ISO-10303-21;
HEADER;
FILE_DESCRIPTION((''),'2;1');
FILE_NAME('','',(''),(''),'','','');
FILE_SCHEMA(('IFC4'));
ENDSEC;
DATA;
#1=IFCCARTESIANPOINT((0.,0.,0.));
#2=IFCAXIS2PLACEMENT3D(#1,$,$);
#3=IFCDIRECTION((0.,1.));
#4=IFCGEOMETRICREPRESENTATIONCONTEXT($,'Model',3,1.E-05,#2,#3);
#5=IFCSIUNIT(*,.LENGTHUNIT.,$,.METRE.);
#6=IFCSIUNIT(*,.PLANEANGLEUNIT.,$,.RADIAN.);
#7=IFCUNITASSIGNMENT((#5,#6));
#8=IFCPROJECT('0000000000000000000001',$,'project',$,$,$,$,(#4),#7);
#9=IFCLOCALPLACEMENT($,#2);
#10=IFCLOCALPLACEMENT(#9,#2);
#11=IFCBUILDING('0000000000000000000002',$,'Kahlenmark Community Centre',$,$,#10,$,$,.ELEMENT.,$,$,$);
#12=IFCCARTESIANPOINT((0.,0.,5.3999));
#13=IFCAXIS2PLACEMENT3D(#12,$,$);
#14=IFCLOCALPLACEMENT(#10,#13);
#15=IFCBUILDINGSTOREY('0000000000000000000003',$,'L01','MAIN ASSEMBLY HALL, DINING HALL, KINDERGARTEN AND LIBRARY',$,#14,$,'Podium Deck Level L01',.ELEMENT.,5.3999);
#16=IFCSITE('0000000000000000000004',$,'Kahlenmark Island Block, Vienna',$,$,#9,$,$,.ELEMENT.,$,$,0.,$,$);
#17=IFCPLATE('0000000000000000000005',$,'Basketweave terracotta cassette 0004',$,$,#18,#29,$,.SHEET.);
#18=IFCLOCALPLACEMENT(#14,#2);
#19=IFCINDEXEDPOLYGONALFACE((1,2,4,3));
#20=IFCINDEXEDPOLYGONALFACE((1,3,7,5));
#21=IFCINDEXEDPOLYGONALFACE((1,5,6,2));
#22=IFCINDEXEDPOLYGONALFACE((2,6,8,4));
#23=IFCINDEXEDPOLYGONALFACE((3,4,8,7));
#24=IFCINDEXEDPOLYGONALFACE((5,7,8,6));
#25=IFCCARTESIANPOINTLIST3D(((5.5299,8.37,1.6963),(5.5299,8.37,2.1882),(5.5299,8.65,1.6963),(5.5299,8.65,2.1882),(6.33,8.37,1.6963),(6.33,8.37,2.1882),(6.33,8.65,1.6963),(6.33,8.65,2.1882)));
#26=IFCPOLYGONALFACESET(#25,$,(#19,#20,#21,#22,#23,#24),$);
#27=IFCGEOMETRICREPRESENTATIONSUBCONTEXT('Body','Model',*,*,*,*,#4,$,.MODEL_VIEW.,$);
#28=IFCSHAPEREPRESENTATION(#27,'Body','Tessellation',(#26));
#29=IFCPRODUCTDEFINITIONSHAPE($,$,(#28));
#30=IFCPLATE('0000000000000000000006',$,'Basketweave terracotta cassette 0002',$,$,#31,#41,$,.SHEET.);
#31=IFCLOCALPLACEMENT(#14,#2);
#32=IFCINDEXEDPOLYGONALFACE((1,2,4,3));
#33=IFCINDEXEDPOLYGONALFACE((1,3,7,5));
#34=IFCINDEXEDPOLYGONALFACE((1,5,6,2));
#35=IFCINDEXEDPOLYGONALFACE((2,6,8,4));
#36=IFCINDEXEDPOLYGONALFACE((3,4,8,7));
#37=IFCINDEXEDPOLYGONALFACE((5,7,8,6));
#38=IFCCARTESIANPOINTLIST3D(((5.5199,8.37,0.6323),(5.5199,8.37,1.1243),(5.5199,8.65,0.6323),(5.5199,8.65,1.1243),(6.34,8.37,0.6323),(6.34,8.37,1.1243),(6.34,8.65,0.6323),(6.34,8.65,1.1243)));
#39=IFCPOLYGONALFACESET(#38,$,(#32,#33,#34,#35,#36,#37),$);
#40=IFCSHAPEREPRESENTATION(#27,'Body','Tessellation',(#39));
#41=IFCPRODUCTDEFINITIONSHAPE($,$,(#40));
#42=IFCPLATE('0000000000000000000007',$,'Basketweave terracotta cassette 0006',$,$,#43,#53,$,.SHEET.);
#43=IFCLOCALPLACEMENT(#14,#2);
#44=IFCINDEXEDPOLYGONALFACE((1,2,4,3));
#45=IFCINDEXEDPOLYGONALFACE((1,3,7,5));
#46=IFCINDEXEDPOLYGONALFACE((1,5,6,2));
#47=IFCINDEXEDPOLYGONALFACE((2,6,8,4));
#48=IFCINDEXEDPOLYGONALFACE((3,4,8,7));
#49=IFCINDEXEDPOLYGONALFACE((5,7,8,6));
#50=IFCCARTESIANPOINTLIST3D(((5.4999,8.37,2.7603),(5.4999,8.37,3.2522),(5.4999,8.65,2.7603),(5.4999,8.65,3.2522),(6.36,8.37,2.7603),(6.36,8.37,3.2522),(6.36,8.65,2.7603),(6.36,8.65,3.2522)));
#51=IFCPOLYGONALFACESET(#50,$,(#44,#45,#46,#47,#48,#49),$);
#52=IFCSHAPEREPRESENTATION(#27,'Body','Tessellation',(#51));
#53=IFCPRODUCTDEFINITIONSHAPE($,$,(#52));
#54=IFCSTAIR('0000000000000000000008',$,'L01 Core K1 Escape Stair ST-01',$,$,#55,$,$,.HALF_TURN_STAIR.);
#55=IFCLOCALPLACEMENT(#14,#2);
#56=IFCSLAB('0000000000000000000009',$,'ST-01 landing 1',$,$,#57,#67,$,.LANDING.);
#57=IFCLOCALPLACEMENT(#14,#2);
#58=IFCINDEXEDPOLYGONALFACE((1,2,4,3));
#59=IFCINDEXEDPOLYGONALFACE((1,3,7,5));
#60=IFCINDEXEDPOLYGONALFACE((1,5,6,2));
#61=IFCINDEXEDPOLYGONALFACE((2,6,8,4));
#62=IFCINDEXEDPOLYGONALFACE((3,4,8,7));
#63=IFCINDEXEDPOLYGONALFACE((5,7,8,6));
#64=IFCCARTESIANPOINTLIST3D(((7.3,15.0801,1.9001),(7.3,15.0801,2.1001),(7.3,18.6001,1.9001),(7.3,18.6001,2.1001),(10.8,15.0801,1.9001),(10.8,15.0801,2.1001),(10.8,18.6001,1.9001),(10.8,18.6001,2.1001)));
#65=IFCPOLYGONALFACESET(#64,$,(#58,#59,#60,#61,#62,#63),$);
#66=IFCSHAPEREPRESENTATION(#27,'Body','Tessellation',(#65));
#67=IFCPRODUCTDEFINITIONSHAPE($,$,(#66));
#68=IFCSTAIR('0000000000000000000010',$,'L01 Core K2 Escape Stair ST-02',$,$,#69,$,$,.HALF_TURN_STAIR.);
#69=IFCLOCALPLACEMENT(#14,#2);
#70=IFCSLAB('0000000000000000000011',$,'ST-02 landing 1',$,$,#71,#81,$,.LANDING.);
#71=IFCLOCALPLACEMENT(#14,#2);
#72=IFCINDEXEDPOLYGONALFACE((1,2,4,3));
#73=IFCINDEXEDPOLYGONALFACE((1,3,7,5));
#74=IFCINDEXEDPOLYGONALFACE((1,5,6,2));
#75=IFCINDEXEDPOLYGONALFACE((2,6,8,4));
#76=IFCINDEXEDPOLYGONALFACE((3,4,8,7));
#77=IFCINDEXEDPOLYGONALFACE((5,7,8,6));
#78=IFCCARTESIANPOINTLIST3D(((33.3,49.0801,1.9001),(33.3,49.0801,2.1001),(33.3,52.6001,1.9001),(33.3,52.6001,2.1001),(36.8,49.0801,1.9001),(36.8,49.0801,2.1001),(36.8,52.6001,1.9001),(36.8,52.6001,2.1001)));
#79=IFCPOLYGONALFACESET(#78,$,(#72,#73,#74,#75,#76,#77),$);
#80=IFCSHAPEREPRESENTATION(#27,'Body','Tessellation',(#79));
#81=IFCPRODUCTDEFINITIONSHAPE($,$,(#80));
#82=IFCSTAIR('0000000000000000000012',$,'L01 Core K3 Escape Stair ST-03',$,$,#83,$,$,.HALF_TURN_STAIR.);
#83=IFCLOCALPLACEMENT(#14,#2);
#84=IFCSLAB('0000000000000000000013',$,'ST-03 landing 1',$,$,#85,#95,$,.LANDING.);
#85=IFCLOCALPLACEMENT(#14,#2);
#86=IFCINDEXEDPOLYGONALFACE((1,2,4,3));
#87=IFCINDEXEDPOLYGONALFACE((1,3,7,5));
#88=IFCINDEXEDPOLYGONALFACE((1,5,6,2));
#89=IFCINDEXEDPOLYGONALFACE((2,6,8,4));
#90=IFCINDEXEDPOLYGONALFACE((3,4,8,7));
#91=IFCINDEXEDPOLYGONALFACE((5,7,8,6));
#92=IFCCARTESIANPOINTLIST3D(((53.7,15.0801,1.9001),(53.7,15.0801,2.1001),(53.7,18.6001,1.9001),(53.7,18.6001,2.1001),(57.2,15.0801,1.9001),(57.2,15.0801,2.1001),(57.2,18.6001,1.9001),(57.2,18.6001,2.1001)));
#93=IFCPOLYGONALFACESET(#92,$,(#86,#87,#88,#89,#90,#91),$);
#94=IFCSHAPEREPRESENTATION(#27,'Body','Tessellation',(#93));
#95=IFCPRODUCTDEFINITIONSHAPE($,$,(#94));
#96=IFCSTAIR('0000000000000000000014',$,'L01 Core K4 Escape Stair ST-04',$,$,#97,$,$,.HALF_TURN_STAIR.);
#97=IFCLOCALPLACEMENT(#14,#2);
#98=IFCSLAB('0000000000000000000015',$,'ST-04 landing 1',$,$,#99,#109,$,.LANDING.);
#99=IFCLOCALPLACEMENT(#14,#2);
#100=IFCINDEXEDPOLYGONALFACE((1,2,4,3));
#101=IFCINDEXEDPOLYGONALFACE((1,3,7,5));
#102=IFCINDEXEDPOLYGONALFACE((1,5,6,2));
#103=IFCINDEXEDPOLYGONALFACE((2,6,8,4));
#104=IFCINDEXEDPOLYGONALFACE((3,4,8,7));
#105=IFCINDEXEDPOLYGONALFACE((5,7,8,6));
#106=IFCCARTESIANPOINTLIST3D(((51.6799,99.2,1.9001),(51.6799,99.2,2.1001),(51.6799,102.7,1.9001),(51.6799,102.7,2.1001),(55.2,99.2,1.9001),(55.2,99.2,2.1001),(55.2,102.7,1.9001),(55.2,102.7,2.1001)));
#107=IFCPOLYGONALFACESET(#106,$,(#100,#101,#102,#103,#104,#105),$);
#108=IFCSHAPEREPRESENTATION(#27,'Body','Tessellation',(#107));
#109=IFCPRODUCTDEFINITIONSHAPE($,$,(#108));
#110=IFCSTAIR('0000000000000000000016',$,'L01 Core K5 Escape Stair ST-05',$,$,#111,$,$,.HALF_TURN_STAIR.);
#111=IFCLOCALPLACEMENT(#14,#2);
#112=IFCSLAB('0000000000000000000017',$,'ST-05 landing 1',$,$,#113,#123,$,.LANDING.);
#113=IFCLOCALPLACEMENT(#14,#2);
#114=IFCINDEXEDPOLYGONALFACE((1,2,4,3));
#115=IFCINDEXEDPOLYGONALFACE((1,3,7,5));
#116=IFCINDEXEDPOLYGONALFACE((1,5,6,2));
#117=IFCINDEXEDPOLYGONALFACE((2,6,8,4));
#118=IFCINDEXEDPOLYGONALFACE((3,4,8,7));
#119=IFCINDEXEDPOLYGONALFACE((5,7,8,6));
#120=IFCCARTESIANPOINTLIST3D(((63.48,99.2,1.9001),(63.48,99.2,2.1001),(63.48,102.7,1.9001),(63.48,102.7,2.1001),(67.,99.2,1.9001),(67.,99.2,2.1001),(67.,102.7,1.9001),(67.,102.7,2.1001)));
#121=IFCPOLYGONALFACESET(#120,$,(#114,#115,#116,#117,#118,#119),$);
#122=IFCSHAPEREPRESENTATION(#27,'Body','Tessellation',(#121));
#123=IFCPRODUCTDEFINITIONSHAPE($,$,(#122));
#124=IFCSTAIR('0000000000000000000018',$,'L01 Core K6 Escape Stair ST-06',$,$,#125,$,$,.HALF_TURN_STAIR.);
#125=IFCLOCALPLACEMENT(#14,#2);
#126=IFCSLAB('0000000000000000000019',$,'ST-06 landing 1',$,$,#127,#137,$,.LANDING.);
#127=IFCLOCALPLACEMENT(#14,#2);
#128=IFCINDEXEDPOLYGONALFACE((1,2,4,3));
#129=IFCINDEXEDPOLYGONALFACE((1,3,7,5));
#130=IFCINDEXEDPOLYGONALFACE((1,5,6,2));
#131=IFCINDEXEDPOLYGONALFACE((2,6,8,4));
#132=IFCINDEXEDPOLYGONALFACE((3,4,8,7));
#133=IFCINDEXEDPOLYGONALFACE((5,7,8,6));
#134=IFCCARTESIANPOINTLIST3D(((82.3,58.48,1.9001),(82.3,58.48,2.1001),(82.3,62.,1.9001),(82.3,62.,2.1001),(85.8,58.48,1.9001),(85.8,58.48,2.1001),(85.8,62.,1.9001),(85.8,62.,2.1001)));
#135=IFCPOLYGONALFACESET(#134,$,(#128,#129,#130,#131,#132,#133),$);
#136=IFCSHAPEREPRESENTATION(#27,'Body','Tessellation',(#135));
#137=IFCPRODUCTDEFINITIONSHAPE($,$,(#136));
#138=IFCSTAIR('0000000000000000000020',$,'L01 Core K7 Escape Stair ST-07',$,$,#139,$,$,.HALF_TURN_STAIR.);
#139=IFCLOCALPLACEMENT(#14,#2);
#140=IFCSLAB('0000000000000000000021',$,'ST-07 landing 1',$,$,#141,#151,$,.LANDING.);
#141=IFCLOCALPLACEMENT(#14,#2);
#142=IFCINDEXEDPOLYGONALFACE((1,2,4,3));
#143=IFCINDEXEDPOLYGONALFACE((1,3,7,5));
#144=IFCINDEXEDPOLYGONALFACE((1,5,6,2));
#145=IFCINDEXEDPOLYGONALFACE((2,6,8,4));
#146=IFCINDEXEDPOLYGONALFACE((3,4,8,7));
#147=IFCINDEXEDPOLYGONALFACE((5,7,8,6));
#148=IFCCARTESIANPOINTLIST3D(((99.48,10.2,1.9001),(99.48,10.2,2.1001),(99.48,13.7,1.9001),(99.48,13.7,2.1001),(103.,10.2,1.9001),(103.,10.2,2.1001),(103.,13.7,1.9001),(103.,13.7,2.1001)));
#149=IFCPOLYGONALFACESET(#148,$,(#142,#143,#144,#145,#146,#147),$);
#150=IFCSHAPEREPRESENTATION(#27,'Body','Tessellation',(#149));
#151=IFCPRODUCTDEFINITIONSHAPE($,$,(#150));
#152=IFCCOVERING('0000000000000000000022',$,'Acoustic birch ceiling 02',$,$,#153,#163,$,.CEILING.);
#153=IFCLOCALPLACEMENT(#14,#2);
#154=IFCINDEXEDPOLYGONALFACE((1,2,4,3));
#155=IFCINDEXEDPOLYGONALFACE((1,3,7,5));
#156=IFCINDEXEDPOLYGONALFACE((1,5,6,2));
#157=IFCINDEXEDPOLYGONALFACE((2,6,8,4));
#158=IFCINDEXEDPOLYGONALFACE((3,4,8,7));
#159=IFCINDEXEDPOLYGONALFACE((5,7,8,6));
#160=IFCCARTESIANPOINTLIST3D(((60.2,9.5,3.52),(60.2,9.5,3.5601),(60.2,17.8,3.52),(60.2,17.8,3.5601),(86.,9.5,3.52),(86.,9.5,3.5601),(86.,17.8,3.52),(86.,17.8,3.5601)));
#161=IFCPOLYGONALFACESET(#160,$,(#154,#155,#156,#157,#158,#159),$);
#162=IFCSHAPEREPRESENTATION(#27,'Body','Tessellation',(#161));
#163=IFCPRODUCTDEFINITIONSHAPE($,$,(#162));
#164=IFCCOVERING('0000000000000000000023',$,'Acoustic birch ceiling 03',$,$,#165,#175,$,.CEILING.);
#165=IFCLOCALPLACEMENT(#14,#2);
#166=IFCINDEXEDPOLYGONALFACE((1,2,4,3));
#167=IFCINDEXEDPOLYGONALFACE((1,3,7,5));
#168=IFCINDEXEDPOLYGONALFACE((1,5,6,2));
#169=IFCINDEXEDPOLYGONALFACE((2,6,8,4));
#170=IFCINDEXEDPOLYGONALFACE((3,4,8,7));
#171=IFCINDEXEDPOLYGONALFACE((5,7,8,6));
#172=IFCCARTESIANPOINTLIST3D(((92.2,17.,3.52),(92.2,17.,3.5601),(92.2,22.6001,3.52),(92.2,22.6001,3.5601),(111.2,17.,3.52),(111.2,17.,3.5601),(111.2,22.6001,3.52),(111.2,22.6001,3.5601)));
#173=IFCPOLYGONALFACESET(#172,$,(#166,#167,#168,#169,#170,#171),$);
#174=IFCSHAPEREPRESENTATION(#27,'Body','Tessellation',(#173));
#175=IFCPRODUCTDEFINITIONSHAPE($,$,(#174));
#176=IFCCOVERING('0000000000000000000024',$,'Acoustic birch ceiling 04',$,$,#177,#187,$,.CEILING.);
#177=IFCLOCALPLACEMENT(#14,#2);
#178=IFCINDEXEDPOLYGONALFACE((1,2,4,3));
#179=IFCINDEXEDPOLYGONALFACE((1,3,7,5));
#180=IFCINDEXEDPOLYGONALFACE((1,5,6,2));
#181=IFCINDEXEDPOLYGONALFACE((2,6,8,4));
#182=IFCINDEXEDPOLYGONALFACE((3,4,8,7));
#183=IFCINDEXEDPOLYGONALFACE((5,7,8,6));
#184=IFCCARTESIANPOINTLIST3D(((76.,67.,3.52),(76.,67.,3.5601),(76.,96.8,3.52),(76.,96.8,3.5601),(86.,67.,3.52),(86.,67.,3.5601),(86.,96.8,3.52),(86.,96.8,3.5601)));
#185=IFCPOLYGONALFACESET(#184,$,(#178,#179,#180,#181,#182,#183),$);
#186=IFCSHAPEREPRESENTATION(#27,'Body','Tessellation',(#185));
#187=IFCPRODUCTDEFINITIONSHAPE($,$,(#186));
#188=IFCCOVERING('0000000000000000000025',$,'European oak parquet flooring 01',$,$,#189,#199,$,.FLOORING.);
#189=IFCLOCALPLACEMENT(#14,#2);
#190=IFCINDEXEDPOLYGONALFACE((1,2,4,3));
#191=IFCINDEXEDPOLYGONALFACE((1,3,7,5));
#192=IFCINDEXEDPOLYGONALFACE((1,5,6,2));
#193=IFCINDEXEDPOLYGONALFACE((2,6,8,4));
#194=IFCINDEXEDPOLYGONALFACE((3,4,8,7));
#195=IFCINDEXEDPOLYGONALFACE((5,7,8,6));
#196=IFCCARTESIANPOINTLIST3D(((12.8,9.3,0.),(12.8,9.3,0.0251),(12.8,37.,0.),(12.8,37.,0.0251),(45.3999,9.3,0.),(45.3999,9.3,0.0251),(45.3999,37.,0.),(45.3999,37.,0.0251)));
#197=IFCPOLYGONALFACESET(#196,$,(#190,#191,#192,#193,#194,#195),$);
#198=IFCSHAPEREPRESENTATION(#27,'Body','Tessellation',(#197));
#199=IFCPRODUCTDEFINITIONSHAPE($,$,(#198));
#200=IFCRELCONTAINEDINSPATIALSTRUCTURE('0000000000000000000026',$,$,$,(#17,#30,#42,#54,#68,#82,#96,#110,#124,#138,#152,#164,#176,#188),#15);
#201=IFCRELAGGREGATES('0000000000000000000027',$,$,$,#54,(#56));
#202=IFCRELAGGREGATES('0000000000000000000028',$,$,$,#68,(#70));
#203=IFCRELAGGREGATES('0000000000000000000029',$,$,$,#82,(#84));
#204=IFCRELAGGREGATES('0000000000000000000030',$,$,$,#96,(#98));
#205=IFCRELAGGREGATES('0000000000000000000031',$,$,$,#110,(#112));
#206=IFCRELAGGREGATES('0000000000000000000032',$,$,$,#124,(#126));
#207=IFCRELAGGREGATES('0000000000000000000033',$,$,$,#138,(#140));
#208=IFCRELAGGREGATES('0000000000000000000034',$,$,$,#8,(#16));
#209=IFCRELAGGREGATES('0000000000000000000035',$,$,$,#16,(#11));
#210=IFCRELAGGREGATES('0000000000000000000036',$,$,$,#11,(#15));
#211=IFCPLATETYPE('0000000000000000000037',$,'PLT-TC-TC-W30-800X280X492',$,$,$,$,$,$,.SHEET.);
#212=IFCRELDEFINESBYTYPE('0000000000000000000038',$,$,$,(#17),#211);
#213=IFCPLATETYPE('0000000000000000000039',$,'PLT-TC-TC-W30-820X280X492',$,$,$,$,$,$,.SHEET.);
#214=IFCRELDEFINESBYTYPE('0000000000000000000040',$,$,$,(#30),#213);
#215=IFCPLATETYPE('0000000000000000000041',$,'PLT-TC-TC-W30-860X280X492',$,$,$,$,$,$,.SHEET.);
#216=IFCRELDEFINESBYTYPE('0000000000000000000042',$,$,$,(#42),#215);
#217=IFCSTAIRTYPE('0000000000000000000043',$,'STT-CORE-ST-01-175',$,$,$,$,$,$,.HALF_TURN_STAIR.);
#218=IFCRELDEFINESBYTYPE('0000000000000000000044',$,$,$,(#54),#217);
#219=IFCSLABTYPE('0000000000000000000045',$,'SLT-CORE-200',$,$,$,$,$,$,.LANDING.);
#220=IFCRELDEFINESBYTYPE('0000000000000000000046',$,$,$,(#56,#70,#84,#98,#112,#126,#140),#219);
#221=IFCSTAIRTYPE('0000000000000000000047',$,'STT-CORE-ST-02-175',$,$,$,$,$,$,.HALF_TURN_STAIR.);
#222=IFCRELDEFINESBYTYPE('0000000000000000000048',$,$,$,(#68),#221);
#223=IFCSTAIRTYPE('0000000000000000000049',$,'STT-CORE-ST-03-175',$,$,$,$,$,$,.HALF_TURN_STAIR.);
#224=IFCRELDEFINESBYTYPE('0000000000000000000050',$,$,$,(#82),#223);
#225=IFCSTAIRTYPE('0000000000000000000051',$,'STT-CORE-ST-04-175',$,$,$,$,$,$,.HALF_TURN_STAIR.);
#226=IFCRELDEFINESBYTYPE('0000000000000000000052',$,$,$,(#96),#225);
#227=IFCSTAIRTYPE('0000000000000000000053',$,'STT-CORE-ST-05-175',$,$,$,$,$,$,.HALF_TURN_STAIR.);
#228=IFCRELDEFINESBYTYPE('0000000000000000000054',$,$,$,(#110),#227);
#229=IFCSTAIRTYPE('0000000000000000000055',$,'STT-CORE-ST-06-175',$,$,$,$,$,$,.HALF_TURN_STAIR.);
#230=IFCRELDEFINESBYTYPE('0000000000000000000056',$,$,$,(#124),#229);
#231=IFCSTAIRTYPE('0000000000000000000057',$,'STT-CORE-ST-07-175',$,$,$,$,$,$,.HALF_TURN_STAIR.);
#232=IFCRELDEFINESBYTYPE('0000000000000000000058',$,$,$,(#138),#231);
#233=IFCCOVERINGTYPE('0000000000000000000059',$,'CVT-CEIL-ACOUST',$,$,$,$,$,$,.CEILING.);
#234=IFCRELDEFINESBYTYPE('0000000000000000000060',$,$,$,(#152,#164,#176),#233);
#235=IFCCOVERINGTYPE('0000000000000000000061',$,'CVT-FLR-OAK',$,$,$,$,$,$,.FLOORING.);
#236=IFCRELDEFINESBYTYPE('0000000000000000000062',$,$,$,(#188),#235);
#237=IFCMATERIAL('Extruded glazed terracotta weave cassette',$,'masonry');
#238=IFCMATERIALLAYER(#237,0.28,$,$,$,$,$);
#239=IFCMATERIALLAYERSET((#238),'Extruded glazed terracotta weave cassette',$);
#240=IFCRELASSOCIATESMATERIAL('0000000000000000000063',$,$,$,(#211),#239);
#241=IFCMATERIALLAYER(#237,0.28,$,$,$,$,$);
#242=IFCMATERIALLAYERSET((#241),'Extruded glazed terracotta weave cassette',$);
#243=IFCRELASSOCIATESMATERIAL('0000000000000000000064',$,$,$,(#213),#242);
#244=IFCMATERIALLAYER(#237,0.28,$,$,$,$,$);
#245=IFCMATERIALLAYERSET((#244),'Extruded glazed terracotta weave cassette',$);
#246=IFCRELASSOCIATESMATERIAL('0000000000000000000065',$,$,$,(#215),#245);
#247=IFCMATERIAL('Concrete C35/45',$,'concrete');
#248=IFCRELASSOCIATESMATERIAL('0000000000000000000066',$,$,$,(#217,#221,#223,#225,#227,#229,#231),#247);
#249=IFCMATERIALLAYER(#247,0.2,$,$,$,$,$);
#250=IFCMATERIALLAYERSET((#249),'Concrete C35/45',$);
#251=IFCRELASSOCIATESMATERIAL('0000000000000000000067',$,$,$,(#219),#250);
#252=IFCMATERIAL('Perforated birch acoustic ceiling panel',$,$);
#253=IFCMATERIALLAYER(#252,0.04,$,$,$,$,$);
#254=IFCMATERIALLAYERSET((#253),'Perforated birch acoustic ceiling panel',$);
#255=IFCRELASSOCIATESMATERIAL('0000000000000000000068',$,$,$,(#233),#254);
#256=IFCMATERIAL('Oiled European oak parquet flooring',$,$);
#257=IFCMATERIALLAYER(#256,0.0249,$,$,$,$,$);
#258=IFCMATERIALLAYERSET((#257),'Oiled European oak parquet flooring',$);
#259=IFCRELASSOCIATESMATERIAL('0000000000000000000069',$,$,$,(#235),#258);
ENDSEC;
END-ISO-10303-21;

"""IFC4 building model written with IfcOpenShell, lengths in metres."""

from ifc_helpers import new_model, si_unit, direction, frame, origin, origin_2d, place, context, subcontext, project, spatial, polyline, rectangle, outline, extrude, material, layer, layer_set, type_object, element, aggregate, save


model = new_model("IFC4")

# Units and contexts
model_context = context("Model", 3, precision=1e-05, world=origin(), true_north=direction((0.0, 1.0)))
body_context = subcontext(model_context, "Body", "Model", "MODEL_VIEW")
ifc_project = project(units=[si_unit("LENGTHUNIT", "METRE"), si_unit("PLANEANGLEUNIT", "RADIAN")], contexts=[model_context])

# Site, building, storey
site_placement = place(None, origin())
site = spatial("IfcSite", under=ifc_project, at=site_placement, Name="Kahlenmark Island Block, Vienna", CompositionType="ELEMENT", RefElevation=0.0)
building_placement = place(site_placement, origin())
building = spatial("IfcBuilding", under=site, at=building_placement, Name="Kahlenmark Community Centre", CompositionType="ELEMENT")
storey_placement = place(building_placement, frame((0.0, 0.0, 5.3999)))
storey = spatial("IfcBuildingStorey", under=building, at=storey_placement, Name="L01", Description="MAIN ASSEMBLY HALL, DINING HALL, KINDERGARTEN AND LIBRARY", LongName="Podium Deck Level L01", CompositionType="ELEMENT", Elevation=5.3999)

# Plates
ifc_material_1 = material(Name="Extruded glazed terracotta weave cassette", Category="masonry")
ifc_layer_1 = layer(ifc_material_1, 0.28)
ifc_layer_set_1 = layer_set([ifc_layer_1], Name="Extruded glazed terracotta weave cassette")
plate_type_1 = type_object("IfcPlateType", Name="PLT-TC-TC-W30-800X280X492", PredefinedType="SHEET", material=ifc_layer_set_1)
plate_1_placement = place(storey_placement, frame((5.9299, 8.51, 1.6963), z_axis=(0.0, 0.0, 1.0), x_axis=(1.0, 0.0, 0.0)))
element("IfcPlate", 1, at=plate_1_placement, inside=storey, type_object=plate_type_1, Name="Basketweave terracotta cassette 0004", PredefinedType="SHEET", context=body_context, shape_type="SweptSolid", body=[
    extrude(rectangle(XDim=0.8, YDim=0.28, at=origin_2d()), origin(), (0.0, 0.0, 1.0), 0.4919),
])
ifc_layer_2 = layer(ifc_material_1, 0.28)
ifc_layer_set_2 = layer_set([ifc_layer_2], Name="Extruded glazed terracotta weave cassette")
plate_type_2 = type_object("IfcPlateType", Name="PLT-TC-TC-W30-820X280X492", PredefinedType="SHEET", material=ifc_layer_set_2)
plate_2_placement = place(storey_placement, frame((5.9299, 8.51, 0.6323), z_axis=(0.0, 0.0, 1.0), x_axis=(1.0, 0.0, 0.0)))
element("IfcPlate", 2, at=plate_2_placement, inside=storey, type_object=plate_type_2, Name="Basketweave terracotta cassette 0002", PredefinedType="SHEET", context=body_context, shape_type="SweptSolid", body=[
    extrude(rectangle(XDim=0.8201, YDim=0.28, at=origin_2d()), origin(), (0.0, 0.0, 1.0), 0.4919),
])
ifc_layer_3 = layer(ifc_material_1, 0.28)
ifc_layer_set_3 = layer_set([ifc_layer_3], Name="Extruded glazed terracotta weave cassette")
plate_type_3 = type_object("IfcPlateType", Name="PLT-TC-TC-W30-860X280X492", PredefinedType="SHEET", material=ifc_layer_set_3)
plate_3_placement = place(storey_placement, frame((5.9299, 8.51, 2.7603), z_axis=(0.0, 0.0, 1.0), x_axis=(1.0, 0.0, 0.0)))
element("IfcPlate", 3, at=plate_3_placement, inside=storey, type_object=plate_type_3, Name="Basketweave terracotta cassette 0006", PredefinedType="SHEET", context=body_context, shape_type="SweptSolid", body=[
    extrude(rectangle(XDim=0.8601, YDim=0.28, at=origin_2d()), origin(), (0.0, 0.0, 1.0), 0.4919),
])

# Stairs, slabs
ifc_material_2 = material(Name="Concrete C35/45", Category="concrete")
stair_type_1 = type_object("IfcStairType", Name="STT-CORE-ST-01-175", PredefinedType="HALF_TURN_STAIR", material=ifc_material_2)
stair_1_placement = place(storey_placement, origin())
stair_1 = element("IfcStair", 4, at=stair_1_placement, inside=storey, type_object=stair_type_1, Name="L01 Core K1 Escape Stair ST-01", PredefinedType="HALF_TURN_STAIR")
ifc_layer_4 = layer(ifc_material_2, 0.2)
ifc_layer_set_4 = layer_set([ifc_layer_4], Name="Concrete C35/45")
slab_type = type_object("IfcSlabType", Name="SLT-CORE-200", PredefinedType="LANDING", material=ifc_layer_set_4)
slab_1_placement = place(storey_placement, frame((0.0, 0.0, 1.9001)))
slab_1 = element("IfcSlab", 5, at=slab_1_placement, type_object=slab_type, Name="ST-01 landing 1", PredefinedType="LANDING", context=body_context, shape_type="SweptSolid", body=[
    extrude(outline(polyline([(10.8, 15.0801), (10.8, 18.6001), (7.3, 18.6001), (7.3, 15.0801), (10.8, 15.0801)])), origin(), (0.0, 0.0, 1.0), 0.2),
])
aggregate(stair_1, [slab_1])
stair_type_2 = type_object("IfcStairType", Name="STT-CORE-ST-02-175", PredefinedType="HALF_TURN_STAIR", material=ifc_material_2)
stair_2_placement = place(storey_placement, origin())
stair_2 = element("IfcStair", 6, at=stair_2_placement, inside=storey, type_object=stair_type_2, Name="L01 Core K2 Escape Stair ST-02", PredefinedType="HALF_TURN_STAIR")
slab_2_placement = place(storey_placement, frame((0.0, 0.0, 1.9001)))
slab_2 = element("IfcSlab", 7, at=slab_2_placement, type_object=slab_type, Name="ST-02 landing 1", PredefinedType="LANDING", context=body_context, shape_type="SweptSolid", body=[
    extrude(outline(polyline([(36.8, 49.0801), (36.8, 52.6001), (33.3, 52.6001), (33.3, 49.0801), (36.8, 49.0801)])), origin(), (0.0, 0.0, 1.0), 0.2),
])
aggregate(stair_2, [slab_2])
stair_type_3 = type_object("IfcStairType", Name="STT-CORE-ST-03-175", PredefinedType="HALF_TURN_STAIR", material=ifc_material_2)
stair_3_placement = place(storey_placement, origin())
stair_3 = element("IfcStair", 8, at=stair_3_placement, inside=storey, type_object=stair_type_3, Name="L01 Core K3 Escape Stair ST-03", PredefinedType="HALF_TURN_STAIR")
slab_3_placement = place(storey_placement, frame((0.0, 0.0, 1.9001)))
slab_3 = element("IfcSlab", 9, at=slab_3_placement, type_object=slab_type, Name="ST-03 landing 1", PredefinedType="LANDING", context=body_context, shape_type="SweptSolid", body=[
    extrude(outline(polyline([(57.2, 15.0801), (57.2, 18.6001), (53.7, 18.6001), (53.7, 15.0801), (57.2, 15.0801)])), origin(), (0.0, 0.0, 1.0), 0.2),
])
aggregate(stair_3, [slab_3])
stair_type_4 = type_object("IfcStairType", Name="STT-CORE-ST-04-175", PredefinedType="HALF_TURN_STAIR", material=ifc_material_2)
stair_4_placement = place(storey_placement, origin())
stair_4 = element("IfcStair", 10, at=stair_4_placement, inside=storey, type_object=stair_type_4, Name="L01 Core K4 Escape Stair ST-04", PredefinedType="HALF_TURN_STAIR")
slab_4_placement = place(storey_placement, frame((0.0, 0.0, 1.9001)))
slab_4 = element("IfcSlab", 11, at=slab_4_placement, type_object=slab_type, Name="ST-04 landing 1", PredefinedType="LANDING", context=body_context, shape_type="SweptSolid", body=[
    extrude(outline(polyline([(51.6799, 99.2), (55.2, 99.2), (55.2, 102.7), (51.6799, 102.7), (51.6799, 99.2)])), origin(), (0.0, 0.0, 1.0), 0.2),
])
aggregate(stair_4, [slab_4])
stair_type_5 = type_object("IfcStairType", Name="STT-CORE-ST-05-175", PredefinedType="HALF_TURN_STAIR", material=ifc_material_2)
stair_5_placement = place(storey_placement, origin())
stair_5 = element("IfcStair", 12, at=stair_5_placement, inside=storey, type_object=stair_type_5, Name="L01 Core K5 Escape Stair ST-05", PredefinedType="HALF_TURN_STAIR")
slab_5_placement = place(storey_placement, frame((0.0, 0.0, 1.9001)))
slab_5 = element("IfcSlab", 13, at=slab_5_placement, type_object=slab_type, Name="ST-05 landing 1", PredefinedType="LANDING", context=body_context, shape_type="SweptSolid", body=[
    extrude(outline(polyline([(63.48, 99.2), (67.0, 99.2), (67.0, 102.7), (63.48, 102.7), (63.48, 99.2)])), origin(), (0.0, 0.0, 1.0), 0.2),
])
aggregate(stair_5, [slab_5])
stair_type_6 = type_object("IfcStairType", Name="STT-CORE-ST-06-175", PredefinedType="HALF_TURN_STAIR", material=ifc_material_2)
stair_6_placement = place(storey_placement, origin())
stair_6 = element("IfcStair", 14, at=stair_6_placement, inside=storey, type_object=stair_type_6, Name="L01 Core K6 Escape Stair ST-06", PredefinedType="HALF_TURN_STAIR")
slab_6_placement = place(storey_placement, frame((0.0, 0.0, 1.9001)))
slab_6 = element("IfcSlab", 15, at=slab_6_placement, type_object=slab_type, Name="ST-06 landing 1", PredefinedType="LANDING", context=body_context, shape_type="SweptSolid", body=[
    extrude(outline(polyline([(85.8, 58.48), (85.8, 62.0), (82.3, 62.0), (82.3, 58.48), (85.8, 58.48)])), origin(), (0.0, 0.0, 1.0), 0.2),
])
aggregate(stair_6, [slab_6])
stair_type_7 = type_object("IfcStairType", Name="STT-CORE-ST-07-175", PredefinedType="HALF_TURN_STAIR", material=ifc_material_2)
stair_7_placement = place(storey_placement, origin())
stair_7 = element("IfcStair", 16, at=stair_7_placement, inside=storey, type_object=stair_type_7, Name="L01 Core K7 Escape Stair ST-07", PredefinedType="HALF_TURN_STAIR")
slab_7_placement = place(storey_placement, frame((0.0, 0.0, 1.9001)))
slab_7 = element("IfcSlab", 17, at=slab_7_placement, type_object=slab_type, Name="ST-07 landing 1", PredefinedType="LANDING", context=body_context, shape_type="SweptSolid", body=[
    extrude(outline(polyline([(99.48, 10.2), (103.0, 10.2), (103.0, 13.7), (99.48, 13.7), (99.48, 10.2)])), origin(), (0.0, 0.0, 1.0), 0.2),
])
aggregate(stair_7, [slab_7])

# Coverings
ifc_material_3 = material(Name="Perforated birch acoustic ceiling panel")
ifc_layer_5 = layer(ifc_material_3, 0.04)
ifc_layer_set_5 = layer_set([ifc_layer_5], Name="Perforated birch acoustic ceiling panel")
covering_type_1 = type_object("IfcCoveringType", Name="CVT-CEIL-ACOUST", PredefinedType="CEILING", material=ifc_layer_set_5)
covering_1_placement = place(storey_placement, frame((0.0, 0.0, 3.52)))
element("IfcCovering", 18, at=covering_1_placement, inside=storey, type_object=covering_type_1, Name="Acoustic birch ceiling 02", PredefinedType="CEILING", context=body_context, shape_type="SweptSolid", body=[
    extrude(outline(polyline([(60.2, 9.5), (86.0, 9.5), (86.0, 17.8), (60.2, 17.8), (60.2, 9.5)])), origin(), (0.0, 0.0, 1.0), 0.04),
])
covering_2_placement = place(storey_placement, frame((0.0, 0.0, 3.52)))
element("IfcCovering", 19, at=covering_2_placement, inside=storey, type_object=covering_type_1, Name="Acoustic birch ceiling 03", PredefinedType="CEILING", context=body_context, shape_type="SweptSolid", body=[
    extrude(outline(polyline([(92.2, 17.0), (111.2, 17.0), (111.2, 22.6001), (92.2, 22.6001), (92.2, 17.0)])), origin(), (0.0, 0.0, 1.0), 0.04),
])
covering_3_placement = place(storey_placement, frame((0.0, 0.0, 3.52)))
element("IfcCovering", 20, at=covering_3_placement, inside=storey, type_object=covering_type_1, Name="Acoustic birch ceiling 04", PredefinedType="CEILING", context=body_context, shape_type="SweptSolid", body=[
    extrude(outline(polyline([(76.0, 67.0), (86.0, 67.0), (86.0, 96.8), (76.0, 96.8), (76.0, 67.0)])), origin(), (0.0, 0.0, 1.0), 0.04),
])
ifc_material_4 = material(Name="Oiled European oak parquet flooring")
ifc_layer_6 = layer(ifc_material_4, 0.0249)
ifc_layer_set_6 = layer_set([ifc_layer_6], Name="Oiled European oak parquet flooring")
covering_type_2 = type_object("IfcCoveringType", Name="CVT-FLR-OAK", PredefinedType="FLOORING", material=ifc_layer_set_6)
covering_4_placement = place(storey_placement, origin())
element("IfcCovering", 21, at=covering_4_placement, inside=storey, type_object=covering_type_2, Name="European oak parquet flooring 01", PredefinedType="FLOORING", context=body_context, shape_type="SweptSolid", body=[
    extrude(outline(polyline([(12.8, 9.3), (45.3999, 9.3), (45.3999, 37.0), (12.8, 37.0), (12.8, 9.3)])), origin(), (0.0, 0.0, 1.0), 0.0251),
])

save(model, "model.ifc")
